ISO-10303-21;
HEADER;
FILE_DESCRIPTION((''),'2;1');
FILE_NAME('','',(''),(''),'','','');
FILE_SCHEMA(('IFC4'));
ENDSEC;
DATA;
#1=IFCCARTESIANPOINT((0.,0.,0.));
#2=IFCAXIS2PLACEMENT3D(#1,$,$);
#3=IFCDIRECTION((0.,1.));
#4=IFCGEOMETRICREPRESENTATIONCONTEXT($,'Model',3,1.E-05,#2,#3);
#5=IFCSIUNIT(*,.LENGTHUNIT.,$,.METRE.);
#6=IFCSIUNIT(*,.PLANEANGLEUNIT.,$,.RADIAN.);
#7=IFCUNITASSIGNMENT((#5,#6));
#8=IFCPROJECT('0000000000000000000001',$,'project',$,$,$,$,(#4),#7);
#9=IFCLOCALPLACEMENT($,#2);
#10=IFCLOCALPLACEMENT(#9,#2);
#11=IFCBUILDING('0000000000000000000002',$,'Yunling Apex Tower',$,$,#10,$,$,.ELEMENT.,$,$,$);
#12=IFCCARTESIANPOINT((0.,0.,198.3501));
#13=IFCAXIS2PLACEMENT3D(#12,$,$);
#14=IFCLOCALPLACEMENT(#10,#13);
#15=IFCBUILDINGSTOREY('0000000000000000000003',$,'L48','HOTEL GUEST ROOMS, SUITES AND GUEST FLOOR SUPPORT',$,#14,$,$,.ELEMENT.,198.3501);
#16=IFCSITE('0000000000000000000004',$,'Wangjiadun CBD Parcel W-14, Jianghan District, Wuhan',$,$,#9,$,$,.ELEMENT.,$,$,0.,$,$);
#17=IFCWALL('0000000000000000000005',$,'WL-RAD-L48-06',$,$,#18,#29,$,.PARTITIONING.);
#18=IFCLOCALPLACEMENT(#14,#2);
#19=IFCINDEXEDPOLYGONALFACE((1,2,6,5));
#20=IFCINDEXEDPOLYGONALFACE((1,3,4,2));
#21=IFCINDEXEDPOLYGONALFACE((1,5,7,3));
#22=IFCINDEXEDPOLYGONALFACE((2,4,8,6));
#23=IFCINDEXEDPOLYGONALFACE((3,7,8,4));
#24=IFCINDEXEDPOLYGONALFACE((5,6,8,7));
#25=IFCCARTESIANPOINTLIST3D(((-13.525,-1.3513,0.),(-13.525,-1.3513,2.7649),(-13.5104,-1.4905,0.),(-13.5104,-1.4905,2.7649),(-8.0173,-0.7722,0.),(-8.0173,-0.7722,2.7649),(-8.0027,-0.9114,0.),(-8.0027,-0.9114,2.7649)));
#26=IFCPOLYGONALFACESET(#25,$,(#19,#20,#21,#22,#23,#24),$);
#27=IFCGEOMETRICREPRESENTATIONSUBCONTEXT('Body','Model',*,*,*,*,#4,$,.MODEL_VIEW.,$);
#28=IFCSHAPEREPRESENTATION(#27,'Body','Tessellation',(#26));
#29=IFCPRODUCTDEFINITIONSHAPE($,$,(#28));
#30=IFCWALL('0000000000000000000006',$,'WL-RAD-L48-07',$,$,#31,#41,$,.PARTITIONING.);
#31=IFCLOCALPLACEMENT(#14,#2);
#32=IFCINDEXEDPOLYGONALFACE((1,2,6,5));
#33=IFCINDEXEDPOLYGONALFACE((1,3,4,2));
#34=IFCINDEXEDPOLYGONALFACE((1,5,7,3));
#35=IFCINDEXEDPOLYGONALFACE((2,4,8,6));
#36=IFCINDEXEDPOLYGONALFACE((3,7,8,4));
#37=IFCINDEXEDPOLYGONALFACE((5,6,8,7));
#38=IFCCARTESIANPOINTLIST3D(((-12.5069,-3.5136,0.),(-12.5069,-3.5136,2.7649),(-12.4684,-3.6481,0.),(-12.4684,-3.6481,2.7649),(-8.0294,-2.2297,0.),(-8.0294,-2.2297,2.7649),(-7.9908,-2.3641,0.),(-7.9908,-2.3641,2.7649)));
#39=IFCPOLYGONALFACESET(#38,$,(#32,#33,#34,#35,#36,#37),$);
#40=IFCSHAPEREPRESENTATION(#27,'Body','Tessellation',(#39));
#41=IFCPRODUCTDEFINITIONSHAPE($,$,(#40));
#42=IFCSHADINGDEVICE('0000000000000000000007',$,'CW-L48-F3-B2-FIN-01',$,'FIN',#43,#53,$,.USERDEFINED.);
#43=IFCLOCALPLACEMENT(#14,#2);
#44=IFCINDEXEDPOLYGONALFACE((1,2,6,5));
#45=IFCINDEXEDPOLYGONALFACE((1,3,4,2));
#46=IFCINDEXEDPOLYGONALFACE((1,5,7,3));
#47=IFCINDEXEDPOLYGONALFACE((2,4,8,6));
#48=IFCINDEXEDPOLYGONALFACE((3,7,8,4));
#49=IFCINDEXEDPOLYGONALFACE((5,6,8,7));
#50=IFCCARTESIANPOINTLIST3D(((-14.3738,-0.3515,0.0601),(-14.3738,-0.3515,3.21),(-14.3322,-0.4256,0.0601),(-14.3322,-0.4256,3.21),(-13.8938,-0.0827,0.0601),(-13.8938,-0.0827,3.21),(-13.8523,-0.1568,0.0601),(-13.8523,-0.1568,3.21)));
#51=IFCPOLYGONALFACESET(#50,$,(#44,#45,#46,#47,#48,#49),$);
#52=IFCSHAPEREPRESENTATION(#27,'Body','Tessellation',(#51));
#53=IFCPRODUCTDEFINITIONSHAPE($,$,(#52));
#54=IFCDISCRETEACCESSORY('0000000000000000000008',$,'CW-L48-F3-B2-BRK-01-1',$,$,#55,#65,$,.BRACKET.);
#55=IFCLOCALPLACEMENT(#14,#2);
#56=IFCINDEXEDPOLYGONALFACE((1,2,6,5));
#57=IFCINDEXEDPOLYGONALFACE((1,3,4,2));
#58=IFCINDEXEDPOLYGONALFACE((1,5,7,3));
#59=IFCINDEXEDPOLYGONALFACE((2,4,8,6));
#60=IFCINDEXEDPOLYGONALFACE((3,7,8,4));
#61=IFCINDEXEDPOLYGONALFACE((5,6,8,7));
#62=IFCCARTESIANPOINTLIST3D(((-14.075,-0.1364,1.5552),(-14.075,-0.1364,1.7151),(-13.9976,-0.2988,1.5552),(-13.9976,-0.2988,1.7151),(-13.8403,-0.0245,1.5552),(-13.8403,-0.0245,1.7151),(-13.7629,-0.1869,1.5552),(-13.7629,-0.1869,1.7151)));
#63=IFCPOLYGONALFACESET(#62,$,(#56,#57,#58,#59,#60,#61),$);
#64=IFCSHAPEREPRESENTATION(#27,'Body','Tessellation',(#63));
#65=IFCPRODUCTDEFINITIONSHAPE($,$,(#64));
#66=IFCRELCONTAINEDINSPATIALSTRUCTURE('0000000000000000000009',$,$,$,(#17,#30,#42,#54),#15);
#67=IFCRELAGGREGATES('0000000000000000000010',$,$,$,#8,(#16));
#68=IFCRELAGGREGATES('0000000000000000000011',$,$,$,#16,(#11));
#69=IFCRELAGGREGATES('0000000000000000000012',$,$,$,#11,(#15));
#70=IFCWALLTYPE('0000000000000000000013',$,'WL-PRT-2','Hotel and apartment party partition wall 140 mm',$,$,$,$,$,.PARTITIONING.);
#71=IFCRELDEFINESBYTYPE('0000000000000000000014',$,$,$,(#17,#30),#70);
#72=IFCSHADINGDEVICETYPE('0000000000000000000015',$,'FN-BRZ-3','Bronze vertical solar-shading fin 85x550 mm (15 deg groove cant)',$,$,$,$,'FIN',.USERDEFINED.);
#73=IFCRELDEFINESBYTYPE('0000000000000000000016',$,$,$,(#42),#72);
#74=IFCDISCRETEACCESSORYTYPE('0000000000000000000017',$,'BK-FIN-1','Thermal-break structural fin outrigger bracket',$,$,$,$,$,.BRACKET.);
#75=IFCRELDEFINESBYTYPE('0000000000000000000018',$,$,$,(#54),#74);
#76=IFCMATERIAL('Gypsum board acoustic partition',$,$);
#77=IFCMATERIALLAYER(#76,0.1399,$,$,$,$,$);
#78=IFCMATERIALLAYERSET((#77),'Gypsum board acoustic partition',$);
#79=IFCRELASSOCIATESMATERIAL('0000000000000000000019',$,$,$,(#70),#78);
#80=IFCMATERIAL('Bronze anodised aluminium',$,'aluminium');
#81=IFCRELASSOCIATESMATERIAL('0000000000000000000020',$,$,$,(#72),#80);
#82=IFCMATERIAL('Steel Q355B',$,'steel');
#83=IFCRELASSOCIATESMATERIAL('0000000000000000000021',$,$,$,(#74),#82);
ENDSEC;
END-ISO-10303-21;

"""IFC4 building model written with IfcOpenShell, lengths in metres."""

from ifc_helpers import new_model, si_unit, direction, frame, frame_2d, origin, origin_2d, place, context, subcontext, project, spatial, rectangle, extrude, source, transform, mapped, material, layer, layer_set, material_profile, profile_set, type_object, element, save


model = new_model("IFC4")

# Units and contexts
model_context = context("Model", 3, precision=1e-05, world=origin(), true_north=direction((0.0, 1.0)))
body_context = subcontext(model_context, "Body", "Model", "MODEL_VIEW")
ifc_project = project(units=[si_unit("LENGTHUNIT", "METRE"), si_unit("PLANEANGLEUNIT", "RADIAN")], contexts=[model_context])

# Site, building, storey
site_placement = place(None, origin())
site = spatial("IfcSite", under=ifc_project, at=site_placement, Name="Wangjiadun CBD Parcel W-14, Jianghan District, Wuhan", CompositionType="ELEMENT", RefElevation=0.0)
building_placement = place(site_placement, origin())
building = spatial("IfcBuilding", under=site, at=building_placement, Name="Yunling Apex Tower", CompositionType="ELEMENT")
storey_placement = place(building_placement, frame((0.0, 0.0, 198.3501)))
storey = spatial("IfcBuildingStorey", under=building, at=storey_placement, Name="L48", Description="HOTEL GUEST ROOMS, SUITES AND GUEST FLOOR SUPPORT", CompositionType="ELEMENT", Elevation=198.3501)

# Shared definitions
ifc_material_1 = material(Name="Steel Q355B", Category="steel")

# Shared definitions
ifc_material_2 = material(Name="Bronze anodised aluminium", Category="aluminium")

# Walls
ifc_material_3 = material(Name="Gypsum board acoustic partition")
ifc_layer_1 = layer(ifc_material_3, 0.1399)
ifc_layer_set_1 = layer_set([ifc_layer_1], Name="Gypsum board acoustic partition")
wall_type_1 = type_object("IfcWallType", Name="WL-PRT-2", Description="Hotel and apartment party partition wall 140 mm", PredefinedType="PARTITIONING", material=ifc_layer_set_1)
wall_1_placement = place(storey_placement, frame((-8.01, -0.8418, 0.0), z_axis=(0.0, 0.0, 1.0), x_axis=(-0.994518, -0.104565, 0.0)))
element("IfcWall", 1, at=wall_1_placement, inside=storey, type_object=wall_type_1, Name="WL-RAD-L48-06", PredefinedType="PARTITIONING", context=body_context, shape_type="SweptSolid", body=[
    extrude(rectangle(XDim=5.5381, YDim=0.1399, at=frame_2d((2.769, 0.0))), origin(), (0.0, 0.0, 1.0), 2.7649),
])
wall_2_placement = place(storey_placement, frame((-8.01, -2.2969, 0.0), z_axis=(0.0, 0.0, 1.0), x_axis=(-0.96126, -0.275642, 0.0)))
element("IfcWall", 2, at=wall_2_placement, inside=storey, type_object=wall_type_1, Name="WL-RAD-L48-07", PredefinedType="PARTITIONING", context=body_context, shape_type="SweptSolid", body=[
    extrude(rectangle(XDim=4.658, YDim=0.1399, at=frame_2d((2.3291, 0.0))), origin(), (0.0, 0.0, 1.0), 2.7649),
])

# Shading device
ifc_material_profile_1 = material_profile(ifc_material_2, rectangle(XDim=0.085, YDim=0.55, at=origin_2d()))
ifc_profile_set_1 = profile_set([ifc_material_profile_1], Name="Bronze anodised aluminium")
shading_device_type = type_object("IfcShadingDeviceType", Name="FN-BRZ-3", Description="Bronze vertical solar-shading fin 85x550 mm (15 deg groove cant)", ElementType="FIN", PredefinedType="USERDEFINED", material=ifc_profile_set_1)
shared_shape_1 = source(origin(), body_context, "Body", "SweptSolid", [
    extrude(rectangle(XDim=0.085, YDim=0.55, at=origin_2d()), origin(), (0.0, 0.0, 1.0), 3.1499),
])
shading_device_placement = place(storey_placement, frame((-14.113, -0.2542, 0.0601), z_axis=(0.0, 0.0, 1.0), x_axis=(0.488621, -0.872496, 0.0)))
element("IfcShadingDevice", 3, at=shading_device_placement, inside=storey, type_object=shading_device_type, Name="CW-L48-F3-B2-FIN-01", ObjectType="FIN", PredefinedType="USERDEFINED", context=body_context, shape_type="MappedRepresentation", body=[
    mapped(shared_shape_1, transform((0.0, 0.0, 0.0), scale=1.0)),
])

# Discrete accessory
discrete_accessory_type = type_object("IfcDiscreteAccessoryType", Name="BK-FIN-1", Description="Thermal-break structural fin outrigger bracket", PredefinedType="BRACKET", material=ifc_material_1)
shared_shape_2 = source(origin(), body_context, "Body", "SweptSolid", [
    extrude(rectangle(XDim=0.1799, YDim=0.26, at=origin_2d()), origin(), (0.0, 0.0, 1.0), 0.1599),
])
discrete_accessory_placement = place(storey_placement, frame((-13.9189, -0.1616, 1.5552), z_axis=(0.0, 0.0, 1.0), x_axis=(0.430511, -0.902585, 0.0)))
element("IfcDiscreteAccessory", 4, at=discrete_accessory_placement, inside=storey, type_object=discrete_accessory_type, Name="CW-L48-F3-B2-BRK-01-1", PredefinedType="BRACKET", context=body_context, shape_type="MappedRepresentation", body=[
    mapped(shared_shape_2, transform((0.0, 0.0, 0.0), scale=1.0)),
])

save(model, "model.ifc")
